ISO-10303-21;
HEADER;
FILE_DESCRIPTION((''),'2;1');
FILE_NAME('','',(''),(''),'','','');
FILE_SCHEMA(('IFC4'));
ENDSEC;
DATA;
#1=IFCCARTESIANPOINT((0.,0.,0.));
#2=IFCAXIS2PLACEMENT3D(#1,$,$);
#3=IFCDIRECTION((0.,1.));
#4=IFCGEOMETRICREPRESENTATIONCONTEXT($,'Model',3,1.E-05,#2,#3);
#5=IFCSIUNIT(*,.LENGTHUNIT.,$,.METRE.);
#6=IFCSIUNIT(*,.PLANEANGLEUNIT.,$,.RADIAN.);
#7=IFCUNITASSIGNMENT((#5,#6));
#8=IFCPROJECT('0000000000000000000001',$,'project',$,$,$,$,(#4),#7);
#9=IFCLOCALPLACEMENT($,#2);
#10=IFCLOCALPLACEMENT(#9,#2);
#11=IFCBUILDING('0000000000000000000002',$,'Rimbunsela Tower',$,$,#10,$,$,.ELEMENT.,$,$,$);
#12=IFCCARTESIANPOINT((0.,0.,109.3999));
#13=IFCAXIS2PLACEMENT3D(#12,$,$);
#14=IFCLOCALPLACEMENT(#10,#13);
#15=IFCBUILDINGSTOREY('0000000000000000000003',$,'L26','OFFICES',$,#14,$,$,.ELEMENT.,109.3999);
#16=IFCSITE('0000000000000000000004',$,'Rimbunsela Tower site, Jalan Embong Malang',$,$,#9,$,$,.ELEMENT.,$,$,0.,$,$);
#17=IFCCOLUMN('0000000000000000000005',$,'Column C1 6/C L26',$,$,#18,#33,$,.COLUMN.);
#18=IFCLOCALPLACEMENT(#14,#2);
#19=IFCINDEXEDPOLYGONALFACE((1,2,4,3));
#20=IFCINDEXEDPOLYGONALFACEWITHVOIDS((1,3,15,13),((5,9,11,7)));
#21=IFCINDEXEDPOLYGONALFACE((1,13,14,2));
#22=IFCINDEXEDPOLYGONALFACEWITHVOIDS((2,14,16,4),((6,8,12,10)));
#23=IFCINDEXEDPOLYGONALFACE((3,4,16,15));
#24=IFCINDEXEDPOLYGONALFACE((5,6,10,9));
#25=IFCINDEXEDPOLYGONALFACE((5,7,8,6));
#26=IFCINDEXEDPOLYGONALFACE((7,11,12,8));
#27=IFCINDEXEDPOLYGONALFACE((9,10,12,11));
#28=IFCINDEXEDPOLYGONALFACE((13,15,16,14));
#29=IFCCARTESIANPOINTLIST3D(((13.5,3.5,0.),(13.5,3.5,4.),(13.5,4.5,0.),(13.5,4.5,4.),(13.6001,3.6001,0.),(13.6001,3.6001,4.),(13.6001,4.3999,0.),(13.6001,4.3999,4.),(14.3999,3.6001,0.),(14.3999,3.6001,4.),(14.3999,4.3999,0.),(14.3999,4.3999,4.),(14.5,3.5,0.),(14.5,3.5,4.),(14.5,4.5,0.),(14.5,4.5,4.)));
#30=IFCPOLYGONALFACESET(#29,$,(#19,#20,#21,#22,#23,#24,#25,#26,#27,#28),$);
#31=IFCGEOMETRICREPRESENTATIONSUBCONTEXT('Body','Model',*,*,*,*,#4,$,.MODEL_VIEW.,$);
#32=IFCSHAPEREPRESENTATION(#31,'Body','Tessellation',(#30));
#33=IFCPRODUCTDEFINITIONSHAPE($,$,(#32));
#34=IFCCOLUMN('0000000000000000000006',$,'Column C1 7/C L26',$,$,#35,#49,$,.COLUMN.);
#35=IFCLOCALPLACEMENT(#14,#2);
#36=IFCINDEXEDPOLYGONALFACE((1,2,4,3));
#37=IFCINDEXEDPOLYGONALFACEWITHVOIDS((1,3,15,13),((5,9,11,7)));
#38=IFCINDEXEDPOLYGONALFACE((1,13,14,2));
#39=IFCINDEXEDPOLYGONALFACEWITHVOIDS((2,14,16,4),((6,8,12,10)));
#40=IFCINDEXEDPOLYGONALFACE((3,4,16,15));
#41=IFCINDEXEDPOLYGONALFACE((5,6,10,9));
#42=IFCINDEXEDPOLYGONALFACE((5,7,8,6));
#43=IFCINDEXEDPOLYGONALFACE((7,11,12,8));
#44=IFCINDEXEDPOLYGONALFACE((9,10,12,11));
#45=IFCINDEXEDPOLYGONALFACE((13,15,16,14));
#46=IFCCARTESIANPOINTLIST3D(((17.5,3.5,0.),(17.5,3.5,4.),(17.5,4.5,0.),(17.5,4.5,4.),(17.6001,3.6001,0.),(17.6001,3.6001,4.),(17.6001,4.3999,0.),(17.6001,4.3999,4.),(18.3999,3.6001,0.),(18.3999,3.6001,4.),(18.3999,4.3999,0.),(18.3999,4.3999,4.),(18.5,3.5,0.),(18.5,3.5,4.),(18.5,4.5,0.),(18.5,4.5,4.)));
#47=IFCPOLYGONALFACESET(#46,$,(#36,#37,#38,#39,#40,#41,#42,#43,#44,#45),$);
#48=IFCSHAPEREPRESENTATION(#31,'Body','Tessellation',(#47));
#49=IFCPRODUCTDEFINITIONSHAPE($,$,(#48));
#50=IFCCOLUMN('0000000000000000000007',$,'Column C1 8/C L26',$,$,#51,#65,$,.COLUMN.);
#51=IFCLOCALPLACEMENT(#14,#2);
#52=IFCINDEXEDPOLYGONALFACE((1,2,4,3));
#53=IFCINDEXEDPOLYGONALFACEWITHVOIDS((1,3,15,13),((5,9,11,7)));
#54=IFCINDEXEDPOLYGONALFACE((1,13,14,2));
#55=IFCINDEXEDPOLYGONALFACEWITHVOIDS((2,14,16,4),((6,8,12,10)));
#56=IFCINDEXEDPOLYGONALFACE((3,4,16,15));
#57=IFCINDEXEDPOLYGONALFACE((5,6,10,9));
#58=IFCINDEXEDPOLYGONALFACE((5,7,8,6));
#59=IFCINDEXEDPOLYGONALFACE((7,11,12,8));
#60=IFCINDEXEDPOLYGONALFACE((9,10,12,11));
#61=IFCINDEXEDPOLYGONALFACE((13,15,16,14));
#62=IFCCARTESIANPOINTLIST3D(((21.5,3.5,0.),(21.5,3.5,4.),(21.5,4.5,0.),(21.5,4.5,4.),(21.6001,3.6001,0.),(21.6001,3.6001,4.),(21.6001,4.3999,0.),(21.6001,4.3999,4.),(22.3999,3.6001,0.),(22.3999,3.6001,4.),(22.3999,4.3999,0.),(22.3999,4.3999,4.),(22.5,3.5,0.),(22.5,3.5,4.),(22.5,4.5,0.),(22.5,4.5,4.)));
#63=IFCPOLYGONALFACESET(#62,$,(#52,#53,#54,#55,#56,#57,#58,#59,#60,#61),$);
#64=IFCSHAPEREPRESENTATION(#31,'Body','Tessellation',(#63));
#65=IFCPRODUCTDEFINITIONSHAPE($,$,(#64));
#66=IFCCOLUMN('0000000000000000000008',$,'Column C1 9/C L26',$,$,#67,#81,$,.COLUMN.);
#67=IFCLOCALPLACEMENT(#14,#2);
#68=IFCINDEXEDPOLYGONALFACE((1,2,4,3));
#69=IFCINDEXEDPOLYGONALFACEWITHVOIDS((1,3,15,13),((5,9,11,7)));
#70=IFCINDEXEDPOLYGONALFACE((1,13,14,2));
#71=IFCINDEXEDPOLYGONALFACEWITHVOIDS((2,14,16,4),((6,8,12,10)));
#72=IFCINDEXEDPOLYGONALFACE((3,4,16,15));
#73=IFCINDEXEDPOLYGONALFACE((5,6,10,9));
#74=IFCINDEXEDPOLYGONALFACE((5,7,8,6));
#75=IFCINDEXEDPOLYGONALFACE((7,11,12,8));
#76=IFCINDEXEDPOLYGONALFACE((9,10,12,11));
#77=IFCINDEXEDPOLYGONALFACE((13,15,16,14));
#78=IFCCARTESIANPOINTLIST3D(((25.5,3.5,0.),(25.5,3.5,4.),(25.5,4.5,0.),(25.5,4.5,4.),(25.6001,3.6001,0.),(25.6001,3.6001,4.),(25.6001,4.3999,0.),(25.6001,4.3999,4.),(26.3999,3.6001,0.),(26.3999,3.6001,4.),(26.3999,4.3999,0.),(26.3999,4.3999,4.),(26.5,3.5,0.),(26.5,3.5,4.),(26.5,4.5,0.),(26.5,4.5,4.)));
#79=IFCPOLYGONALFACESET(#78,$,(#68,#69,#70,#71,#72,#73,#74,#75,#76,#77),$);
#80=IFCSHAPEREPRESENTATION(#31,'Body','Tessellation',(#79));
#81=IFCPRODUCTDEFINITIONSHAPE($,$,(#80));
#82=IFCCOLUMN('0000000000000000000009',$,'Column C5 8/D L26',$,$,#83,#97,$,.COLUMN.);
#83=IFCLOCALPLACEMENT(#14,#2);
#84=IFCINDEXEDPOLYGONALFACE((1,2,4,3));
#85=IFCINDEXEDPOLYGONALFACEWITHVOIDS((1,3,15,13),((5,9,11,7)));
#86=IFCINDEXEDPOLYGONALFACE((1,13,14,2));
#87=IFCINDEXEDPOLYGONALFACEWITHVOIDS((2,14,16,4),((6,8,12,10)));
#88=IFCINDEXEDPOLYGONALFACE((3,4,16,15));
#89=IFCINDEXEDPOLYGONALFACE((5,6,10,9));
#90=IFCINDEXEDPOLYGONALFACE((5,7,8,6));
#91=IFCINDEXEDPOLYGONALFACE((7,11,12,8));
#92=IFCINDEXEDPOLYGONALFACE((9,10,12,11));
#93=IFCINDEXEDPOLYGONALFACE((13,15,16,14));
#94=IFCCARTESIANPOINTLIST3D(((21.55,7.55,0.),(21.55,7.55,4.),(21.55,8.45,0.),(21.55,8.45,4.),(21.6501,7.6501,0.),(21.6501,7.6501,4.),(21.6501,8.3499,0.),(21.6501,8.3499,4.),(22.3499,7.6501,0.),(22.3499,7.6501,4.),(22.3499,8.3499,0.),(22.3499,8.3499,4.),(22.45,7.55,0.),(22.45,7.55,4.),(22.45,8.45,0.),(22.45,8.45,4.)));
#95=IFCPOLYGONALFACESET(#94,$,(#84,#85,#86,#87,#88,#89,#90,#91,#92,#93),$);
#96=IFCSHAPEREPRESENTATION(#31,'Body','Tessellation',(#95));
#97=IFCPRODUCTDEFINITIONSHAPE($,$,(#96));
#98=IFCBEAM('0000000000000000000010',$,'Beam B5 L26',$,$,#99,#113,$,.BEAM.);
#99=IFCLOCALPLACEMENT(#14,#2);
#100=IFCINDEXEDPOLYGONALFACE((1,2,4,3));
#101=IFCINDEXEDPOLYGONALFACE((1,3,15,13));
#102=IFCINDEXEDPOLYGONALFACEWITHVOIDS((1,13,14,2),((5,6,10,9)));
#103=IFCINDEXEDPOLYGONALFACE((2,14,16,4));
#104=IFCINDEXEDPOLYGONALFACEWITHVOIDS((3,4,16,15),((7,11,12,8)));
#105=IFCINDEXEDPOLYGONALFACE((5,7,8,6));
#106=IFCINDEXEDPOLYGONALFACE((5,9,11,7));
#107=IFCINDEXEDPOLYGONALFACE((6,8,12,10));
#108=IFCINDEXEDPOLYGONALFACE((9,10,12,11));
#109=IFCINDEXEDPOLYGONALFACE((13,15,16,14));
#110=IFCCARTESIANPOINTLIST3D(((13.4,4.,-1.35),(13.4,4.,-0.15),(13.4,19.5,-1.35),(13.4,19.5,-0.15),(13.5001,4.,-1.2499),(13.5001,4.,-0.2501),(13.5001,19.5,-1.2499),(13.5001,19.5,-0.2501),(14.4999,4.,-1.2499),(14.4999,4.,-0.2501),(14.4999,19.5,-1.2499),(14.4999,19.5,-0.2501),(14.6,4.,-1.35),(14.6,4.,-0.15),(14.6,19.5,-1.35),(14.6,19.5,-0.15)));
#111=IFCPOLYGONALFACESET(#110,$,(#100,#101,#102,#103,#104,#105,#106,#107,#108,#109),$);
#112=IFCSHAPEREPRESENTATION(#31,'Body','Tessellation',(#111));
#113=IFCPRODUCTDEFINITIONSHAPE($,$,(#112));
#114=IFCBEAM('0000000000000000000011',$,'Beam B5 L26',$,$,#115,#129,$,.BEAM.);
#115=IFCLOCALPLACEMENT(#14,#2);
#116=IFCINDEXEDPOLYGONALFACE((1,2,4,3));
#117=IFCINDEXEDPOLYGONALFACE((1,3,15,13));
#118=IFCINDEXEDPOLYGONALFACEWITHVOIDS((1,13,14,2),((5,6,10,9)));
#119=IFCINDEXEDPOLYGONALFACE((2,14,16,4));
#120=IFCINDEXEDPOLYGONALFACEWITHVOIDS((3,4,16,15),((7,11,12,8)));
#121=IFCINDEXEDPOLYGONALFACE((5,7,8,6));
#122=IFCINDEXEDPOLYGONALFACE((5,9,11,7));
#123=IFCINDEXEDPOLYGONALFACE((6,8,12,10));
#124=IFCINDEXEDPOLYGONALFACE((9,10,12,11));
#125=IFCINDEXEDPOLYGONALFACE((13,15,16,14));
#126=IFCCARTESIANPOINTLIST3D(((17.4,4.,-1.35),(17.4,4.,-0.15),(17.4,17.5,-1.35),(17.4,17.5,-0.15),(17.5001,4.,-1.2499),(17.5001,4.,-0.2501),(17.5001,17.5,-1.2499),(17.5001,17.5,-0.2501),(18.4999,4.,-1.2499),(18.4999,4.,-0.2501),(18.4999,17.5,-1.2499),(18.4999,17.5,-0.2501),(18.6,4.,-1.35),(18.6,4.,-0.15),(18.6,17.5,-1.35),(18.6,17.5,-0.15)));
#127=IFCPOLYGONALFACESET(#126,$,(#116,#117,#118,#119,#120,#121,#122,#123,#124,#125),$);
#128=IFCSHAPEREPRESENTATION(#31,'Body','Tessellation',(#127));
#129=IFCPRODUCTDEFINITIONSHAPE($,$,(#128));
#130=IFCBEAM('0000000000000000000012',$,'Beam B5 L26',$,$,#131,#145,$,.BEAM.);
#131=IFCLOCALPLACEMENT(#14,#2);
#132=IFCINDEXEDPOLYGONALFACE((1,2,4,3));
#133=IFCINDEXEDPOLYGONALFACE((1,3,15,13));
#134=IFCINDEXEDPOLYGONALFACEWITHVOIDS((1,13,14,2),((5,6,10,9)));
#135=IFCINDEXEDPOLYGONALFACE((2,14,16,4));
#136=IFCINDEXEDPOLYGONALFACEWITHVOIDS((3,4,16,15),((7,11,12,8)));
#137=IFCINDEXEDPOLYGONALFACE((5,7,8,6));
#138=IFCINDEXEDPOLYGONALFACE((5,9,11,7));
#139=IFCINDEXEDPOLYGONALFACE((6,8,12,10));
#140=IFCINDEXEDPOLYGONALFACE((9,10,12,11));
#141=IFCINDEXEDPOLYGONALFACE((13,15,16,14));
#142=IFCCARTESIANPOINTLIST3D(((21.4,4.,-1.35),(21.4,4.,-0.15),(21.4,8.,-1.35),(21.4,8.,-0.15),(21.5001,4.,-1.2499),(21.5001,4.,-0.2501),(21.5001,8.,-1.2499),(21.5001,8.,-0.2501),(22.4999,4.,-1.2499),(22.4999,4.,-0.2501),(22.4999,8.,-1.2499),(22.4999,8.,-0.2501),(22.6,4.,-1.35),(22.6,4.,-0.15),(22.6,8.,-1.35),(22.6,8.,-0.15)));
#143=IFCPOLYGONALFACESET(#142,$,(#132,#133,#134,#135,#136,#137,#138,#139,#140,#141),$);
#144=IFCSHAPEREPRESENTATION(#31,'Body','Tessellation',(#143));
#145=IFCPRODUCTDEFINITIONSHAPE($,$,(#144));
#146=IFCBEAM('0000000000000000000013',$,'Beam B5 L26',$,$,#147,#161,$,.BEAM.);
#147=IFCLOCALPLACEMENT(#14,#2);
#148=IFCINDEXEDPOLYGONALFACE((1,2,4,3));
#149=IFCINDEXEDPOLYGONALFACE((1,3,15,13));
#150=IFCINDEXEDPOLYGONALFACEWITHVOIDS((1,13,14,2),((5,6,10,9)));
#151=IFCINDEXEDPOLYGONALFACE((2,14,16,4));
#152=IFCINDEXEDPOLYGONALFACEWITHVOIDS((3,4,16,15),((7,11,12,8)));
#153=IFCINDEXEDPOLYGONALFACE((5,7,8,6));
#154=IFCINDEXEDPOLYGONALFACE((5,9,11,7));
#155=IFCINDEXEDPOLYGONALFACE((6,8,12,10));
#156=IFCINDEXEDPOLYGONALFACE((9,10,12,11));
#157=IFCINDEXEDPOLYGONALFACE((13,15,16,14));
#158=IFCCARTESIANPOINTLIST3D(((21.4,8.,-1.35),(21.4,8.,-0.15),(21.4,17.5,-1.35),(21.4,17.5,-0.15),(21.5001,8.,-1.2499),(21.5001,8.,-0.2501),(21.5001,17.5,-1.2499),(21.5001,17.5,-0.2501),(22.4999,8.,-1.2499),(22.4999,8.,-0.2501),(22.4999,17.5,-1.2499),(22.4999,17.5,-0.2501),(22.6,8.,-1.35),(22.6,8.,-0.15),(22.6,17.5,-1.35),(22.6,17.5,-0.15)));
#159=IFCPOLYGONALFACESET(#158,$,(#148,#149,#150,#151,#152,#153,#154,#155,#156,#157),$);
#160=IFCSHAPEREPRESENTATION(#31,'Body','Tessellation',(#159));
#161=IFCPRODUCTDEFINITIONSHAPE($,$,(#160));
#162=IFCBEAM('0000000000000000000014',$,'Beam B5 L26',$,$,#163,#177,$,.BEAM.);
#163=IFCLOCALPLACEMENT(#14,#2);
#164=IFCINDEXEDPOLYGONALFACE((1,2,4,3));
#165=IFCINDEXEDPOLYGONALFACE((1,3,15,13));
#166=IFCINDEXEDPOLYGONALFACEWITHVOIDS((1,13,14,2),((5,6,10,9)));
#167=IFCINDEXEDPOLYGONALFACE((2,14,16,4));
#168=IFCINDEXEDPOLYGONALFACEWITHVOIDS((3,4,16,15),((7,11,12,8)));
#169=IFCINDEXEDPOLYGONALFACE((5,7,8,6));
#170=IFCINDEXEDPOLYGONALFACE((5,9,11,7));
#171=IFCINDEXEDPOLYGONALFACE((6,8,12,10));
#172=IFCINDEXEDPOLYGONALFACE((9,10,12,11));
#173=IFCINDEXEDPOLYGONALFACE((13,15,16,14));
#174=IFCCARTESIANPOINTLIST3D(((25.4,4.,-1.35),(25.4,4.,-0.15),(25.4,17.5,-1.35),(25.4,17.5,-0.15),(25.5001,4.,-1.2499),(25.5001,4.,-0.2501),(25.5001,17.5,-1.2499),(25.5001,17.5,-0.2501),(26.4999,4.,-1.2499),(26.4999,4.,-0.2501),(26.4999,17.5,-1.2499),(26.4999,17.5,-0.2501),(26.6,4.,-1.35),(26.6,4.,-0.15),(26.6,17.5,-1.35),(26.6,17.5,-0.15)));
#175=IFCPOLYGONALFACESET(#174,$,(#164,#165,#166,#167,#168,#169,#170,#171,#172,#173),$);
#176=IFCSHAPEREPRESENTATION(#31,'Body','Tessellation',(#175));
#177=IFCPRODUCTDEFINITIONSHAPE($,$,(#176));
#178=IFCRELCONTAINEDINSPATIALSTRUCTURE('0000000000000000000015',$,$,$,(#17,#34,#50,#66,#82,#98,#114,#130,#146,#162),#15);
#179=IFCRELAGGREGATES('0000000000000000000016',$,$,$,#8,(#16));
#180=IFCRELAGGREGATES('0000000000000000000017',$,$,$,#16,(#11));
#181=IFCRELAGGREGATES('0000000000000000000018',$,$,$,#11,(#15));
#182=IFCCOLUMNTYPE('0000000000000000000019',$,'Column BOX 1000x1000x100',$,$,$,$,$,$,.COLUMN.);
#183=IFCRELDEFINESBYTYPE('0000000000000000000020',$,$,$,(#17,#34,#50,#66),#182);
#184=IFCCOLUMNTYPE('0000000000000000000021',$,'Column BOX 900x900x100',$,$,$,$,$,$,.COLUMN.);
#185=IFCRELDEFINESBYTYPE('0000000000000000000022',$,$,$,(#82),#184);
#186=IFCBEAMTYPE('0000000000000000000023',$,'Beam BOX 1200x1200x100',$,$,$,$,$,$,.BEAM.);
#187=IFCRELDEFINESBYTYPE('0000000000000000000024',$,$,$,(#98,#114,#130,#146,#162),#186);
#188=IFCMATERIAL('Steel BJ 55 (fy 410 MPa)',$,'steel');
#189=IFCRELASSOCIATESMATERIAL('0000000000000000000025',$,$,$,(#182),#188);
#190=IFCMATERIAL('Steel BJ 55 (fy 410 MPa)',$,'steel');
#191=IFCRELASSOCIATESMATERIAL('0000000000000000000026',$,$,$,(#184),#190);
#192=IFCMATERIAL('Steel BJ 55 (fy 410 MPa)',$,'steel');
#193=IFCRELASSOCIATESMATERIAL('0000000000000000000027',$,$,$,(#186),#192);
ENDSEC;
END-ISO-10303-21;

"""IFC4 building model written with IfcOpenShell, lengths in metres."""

from ifc_helpers import new_model, si_unit, direction, frame, origin, origin_2d, place, context, subcontext, project, spatial, hollow_rectangle, extrude, material, material_profile, profile_set, type_object, element, save


model = new_model("IFC4")

# Units and contexts
model_context = context("Model", 3, precision=1e-05, world=origin(), true_north=direction((0.0, 1.0)))
body_context = subcontext(model_context, "Body", "Model", "MODEL_VIEW")
ifc_project = project(units=[si_unit("LENGTHUNIT", "METRE"), si_unit("PLANEANGLEUNIT", "RADIAN")], contexts=[model_context])

# Site, building, storey
site_placement = place(None, origin())
site = spatial("IfcSite", under=ifc_project, at=site_placement, Name="Rimbunsela Tower site, Jalan Embong Malang", CompositionType="ELEMENT", RefElevation=0.0)
building_placement = place(site_placement, origin())
building = spatial("IfcBuilding", under=site, at=building_placement, Name="Rimbunsela Tower", CompositionType="ELEMENT")
storey_placement = place(building_placement, frame((0.0, 0.0, 109.3999)))
storey = spatial("IfcBuildingStorey", under=building, at=storey_placement, Name="L26", Description="OFFICES", CompositionType="ELEMENT", Elevation=109.3999)

# Columns
ifc_material_1 = material(Name="Steel BJ 55 (fy 410 MPa)", Category="steel")
ifc_material_profile_1 = material_profile(ifc_material_1, hollow_rectangle(XDim=1.0, YDim=1.0, WallThickness=0.1001, at=origin_2d()), Name="BOX 1000x1000x100")
ifc_profile_set_1 = profile_set([ifc_material_profile_1], Name="Steel BJ 55 (fy 410 MPa)")
column_type_1 = type_object("IfcColumnType", Name="Column BOX 1000x1000x100", PredefinedType="COLUMN", material=ifc_profile_set_1)
for number, where, z_axis, x_axis, name in (
    (1, (14.0, 4.0, 0.0), (0.0, 0.0, 1.0), (1.0, 0.0, 0.0), "Column C1 6/C L26"),
    (2, (18.0, 4.0, 0.0), (0.0, 0.0, 1.0), (1.0, 0.0, 0.0), "Column C1 7/C L26"),
    (3, (22.0, 4.0, 0.0), (0.0, 0.0, 1.0), (1.0, 0.0, 0.0), "Column C1 8/C L26"),
    (4, (26.0, 4.0, 0.0), (0.0, 0.0, 1.0), (1.0, 0.0, 0.0), "Column C1 9/C L26"),
):
    element("IfcColumn", number, at=place(storey_placement, frame(where, z_axis=z_axis, x_axis=x_axis)), inside=storey, type_object=column_type_1, Name=name, PredefinedType="COLUMN", context=body_context, shape_type="SweptSolid", body=[
        extrude(hollow_rectangle(XDim=1.0, YDim=1.0, WallThickness=0.1001, at=origin_2d()), origin(), (0.0, 0.0, 1.0), 4.0),
    ])
ifc_material_2 = material(Name="Steel BJ 55 (fy 410 MPa)", Category="steel")
ifc_material_profile_2 = material_profile(ifc_material_2, hollow_rectangle(XDim=0.8999, YDim=0.8999, WallThickness=0.1001, at=origin_2d()), Name="BOX 900x900x100")
ifc_profile_set_2 = profile_set([ifc_material_profile_2], Name="Steel BJ 55 (fy 410 MPa)")
column_type_2 = type_object("IfcColumnType", Name="Column BOX 900x900x100", PredefinedType="COLUMN", material=ifc_profile_set_2)
column_placement = place(storey_placement, frame((22.0, 8.0, 0.0), z_axis=(0.0, 0.0, 1.0), x_axis=(1.0, 0.0, 0.0)))
element("IfcColumn", 5, at=column_placement, inside=storey, type_object=column_type_2, Name="Column C5 8/D L26", PredefinedType="COLUMN", context=body_context, shape_type="SweptSolid", body=[
    extrude(hollow_rectangle(XDim=0.8999, YDim=0.8999, WallThickness=0.1001, at=origin_2d()), origin(), (0.0, 0.0, 1.0), 4.0),
])

# Beams
ifc_material_3 = material(Name="Steel BJ 55 (fy 410 MPa)", Category="steel")
ifc_material_profile_3 = material_profile(ifc_material_3, hollow_rectangle(XDim=1.2, YDim=1.2, WallThickness=0.1001, at=origin_2d()), Name="BOX 1200x1200x100")
ifc_profile_set_3 = profile_set([ifc_material_profile_3], Name="Steel BJ 55 (fy 410 MPa)")
beam_type = type_object("IfcBeamType", Name="Beam BOX 1200x1200x100", PredefinedType="BEAM", material=ifc_profile_set_3)
beam_1_placement = place(storey_placement, frame((14.0, 4.0, -0.75), z_axis=(0.0, 1.0, 0.0), x_axis=(-1.0, 0.0, 0.0)))
element("IfcBeam", 6, at=beam_1_placement, inside=storey, type_object=beam_type, Name="Beam B5 L26", PredefinedType="BEAM", context=body_context, shape_type="SweptSolid", body=[
    extrude(hollow_rectangle(XDim=1.2, YDim=1.2, WallThickness=0.1001, at=origin_2d()), origin(), (0.0, 0.0, 1.0), 15.5),
])
beam_2_placement = place(storey_placement, frame((18.0, 4.0, -0.75), z_axis=(0.0, 1.0, 0.0), x_axis=(-1.0, 0.0, 0.0)))
element("IfcBeam", 7, at=beam_2_placement, inside=storey, type_object=beam_type, Name="Beam B5 L26", PredefinedType="BEAM", context=body_context, shape_type="SweptSolid", body=[
    extrude(hollow_rectangle(XDim=1.2, YDim=1.2, WallThickness=0.1001, at=origin_2d()), origin(), (0.0, 0.0, 1.0), 13.5),
])
beam_3_placement = place(storey_placement, frame((22.0, 4.0, -0.75), z_axis=(0.0, 1.0, 0.0), x_axis=(-1.0, 0.0, 0.0)))
element("IfcBeam", 8, at=beam_3_placement, inside=storey, type_object=beam_type, Name="Beam B5 L26", PredefinedType="BEAM", context=body_context, shape_type="SweptSolid", body=[
    extrude(hollow_rectangle(XDim=1.2, YDim=1.2, WallThickness=0.1001, at=origin_2d()), origin(), (0.0, 0.0, 1.0), 4.0),
])
beam_4_placement = place(storey_placement, frame((22.0, 8.0, -0.75), z_axis=(0.0, 1.0, 0.0), x_axis=(-1.0, 0.0, 0.0)))
element("IfcBeam", 9, at=beam_4_placement, inside=storey, type_object=beam_type, Name="Beam B5 L26", PredefinedType="BEAM", context=body_context, shape_type="SweptSolid", body=[
    extrude(hollow_rectangle(XDim=1.2, YDim=1.2, WallThickness=0.1001, at=origin_2d()), origin(), (0.0, 0.0, 1.0), 9.5),
])
beam_5_placement = place(storey_placement, frame((26.0, 4.0, -0.75), z_axis=(0.0, 1.0, 0.0), x_axis=(-1.0, 0.0, 0.0)))
element("IfcBeam", 10, at=beam_5_placement, inside=storey, type_object=beam_type, Name="Beam B5 L26", PredefinedType="BEAM", context=body_context, shape_type="SweptSolid", body=[
    extrude(hollow_rectangle(XDim=1.2, YDim=1.2, WallThickness=0.1001, at=origin_2d()), origin(), (0.0, 0.0, 1.0), 13.5),
])

save(model, "model.ifc")
